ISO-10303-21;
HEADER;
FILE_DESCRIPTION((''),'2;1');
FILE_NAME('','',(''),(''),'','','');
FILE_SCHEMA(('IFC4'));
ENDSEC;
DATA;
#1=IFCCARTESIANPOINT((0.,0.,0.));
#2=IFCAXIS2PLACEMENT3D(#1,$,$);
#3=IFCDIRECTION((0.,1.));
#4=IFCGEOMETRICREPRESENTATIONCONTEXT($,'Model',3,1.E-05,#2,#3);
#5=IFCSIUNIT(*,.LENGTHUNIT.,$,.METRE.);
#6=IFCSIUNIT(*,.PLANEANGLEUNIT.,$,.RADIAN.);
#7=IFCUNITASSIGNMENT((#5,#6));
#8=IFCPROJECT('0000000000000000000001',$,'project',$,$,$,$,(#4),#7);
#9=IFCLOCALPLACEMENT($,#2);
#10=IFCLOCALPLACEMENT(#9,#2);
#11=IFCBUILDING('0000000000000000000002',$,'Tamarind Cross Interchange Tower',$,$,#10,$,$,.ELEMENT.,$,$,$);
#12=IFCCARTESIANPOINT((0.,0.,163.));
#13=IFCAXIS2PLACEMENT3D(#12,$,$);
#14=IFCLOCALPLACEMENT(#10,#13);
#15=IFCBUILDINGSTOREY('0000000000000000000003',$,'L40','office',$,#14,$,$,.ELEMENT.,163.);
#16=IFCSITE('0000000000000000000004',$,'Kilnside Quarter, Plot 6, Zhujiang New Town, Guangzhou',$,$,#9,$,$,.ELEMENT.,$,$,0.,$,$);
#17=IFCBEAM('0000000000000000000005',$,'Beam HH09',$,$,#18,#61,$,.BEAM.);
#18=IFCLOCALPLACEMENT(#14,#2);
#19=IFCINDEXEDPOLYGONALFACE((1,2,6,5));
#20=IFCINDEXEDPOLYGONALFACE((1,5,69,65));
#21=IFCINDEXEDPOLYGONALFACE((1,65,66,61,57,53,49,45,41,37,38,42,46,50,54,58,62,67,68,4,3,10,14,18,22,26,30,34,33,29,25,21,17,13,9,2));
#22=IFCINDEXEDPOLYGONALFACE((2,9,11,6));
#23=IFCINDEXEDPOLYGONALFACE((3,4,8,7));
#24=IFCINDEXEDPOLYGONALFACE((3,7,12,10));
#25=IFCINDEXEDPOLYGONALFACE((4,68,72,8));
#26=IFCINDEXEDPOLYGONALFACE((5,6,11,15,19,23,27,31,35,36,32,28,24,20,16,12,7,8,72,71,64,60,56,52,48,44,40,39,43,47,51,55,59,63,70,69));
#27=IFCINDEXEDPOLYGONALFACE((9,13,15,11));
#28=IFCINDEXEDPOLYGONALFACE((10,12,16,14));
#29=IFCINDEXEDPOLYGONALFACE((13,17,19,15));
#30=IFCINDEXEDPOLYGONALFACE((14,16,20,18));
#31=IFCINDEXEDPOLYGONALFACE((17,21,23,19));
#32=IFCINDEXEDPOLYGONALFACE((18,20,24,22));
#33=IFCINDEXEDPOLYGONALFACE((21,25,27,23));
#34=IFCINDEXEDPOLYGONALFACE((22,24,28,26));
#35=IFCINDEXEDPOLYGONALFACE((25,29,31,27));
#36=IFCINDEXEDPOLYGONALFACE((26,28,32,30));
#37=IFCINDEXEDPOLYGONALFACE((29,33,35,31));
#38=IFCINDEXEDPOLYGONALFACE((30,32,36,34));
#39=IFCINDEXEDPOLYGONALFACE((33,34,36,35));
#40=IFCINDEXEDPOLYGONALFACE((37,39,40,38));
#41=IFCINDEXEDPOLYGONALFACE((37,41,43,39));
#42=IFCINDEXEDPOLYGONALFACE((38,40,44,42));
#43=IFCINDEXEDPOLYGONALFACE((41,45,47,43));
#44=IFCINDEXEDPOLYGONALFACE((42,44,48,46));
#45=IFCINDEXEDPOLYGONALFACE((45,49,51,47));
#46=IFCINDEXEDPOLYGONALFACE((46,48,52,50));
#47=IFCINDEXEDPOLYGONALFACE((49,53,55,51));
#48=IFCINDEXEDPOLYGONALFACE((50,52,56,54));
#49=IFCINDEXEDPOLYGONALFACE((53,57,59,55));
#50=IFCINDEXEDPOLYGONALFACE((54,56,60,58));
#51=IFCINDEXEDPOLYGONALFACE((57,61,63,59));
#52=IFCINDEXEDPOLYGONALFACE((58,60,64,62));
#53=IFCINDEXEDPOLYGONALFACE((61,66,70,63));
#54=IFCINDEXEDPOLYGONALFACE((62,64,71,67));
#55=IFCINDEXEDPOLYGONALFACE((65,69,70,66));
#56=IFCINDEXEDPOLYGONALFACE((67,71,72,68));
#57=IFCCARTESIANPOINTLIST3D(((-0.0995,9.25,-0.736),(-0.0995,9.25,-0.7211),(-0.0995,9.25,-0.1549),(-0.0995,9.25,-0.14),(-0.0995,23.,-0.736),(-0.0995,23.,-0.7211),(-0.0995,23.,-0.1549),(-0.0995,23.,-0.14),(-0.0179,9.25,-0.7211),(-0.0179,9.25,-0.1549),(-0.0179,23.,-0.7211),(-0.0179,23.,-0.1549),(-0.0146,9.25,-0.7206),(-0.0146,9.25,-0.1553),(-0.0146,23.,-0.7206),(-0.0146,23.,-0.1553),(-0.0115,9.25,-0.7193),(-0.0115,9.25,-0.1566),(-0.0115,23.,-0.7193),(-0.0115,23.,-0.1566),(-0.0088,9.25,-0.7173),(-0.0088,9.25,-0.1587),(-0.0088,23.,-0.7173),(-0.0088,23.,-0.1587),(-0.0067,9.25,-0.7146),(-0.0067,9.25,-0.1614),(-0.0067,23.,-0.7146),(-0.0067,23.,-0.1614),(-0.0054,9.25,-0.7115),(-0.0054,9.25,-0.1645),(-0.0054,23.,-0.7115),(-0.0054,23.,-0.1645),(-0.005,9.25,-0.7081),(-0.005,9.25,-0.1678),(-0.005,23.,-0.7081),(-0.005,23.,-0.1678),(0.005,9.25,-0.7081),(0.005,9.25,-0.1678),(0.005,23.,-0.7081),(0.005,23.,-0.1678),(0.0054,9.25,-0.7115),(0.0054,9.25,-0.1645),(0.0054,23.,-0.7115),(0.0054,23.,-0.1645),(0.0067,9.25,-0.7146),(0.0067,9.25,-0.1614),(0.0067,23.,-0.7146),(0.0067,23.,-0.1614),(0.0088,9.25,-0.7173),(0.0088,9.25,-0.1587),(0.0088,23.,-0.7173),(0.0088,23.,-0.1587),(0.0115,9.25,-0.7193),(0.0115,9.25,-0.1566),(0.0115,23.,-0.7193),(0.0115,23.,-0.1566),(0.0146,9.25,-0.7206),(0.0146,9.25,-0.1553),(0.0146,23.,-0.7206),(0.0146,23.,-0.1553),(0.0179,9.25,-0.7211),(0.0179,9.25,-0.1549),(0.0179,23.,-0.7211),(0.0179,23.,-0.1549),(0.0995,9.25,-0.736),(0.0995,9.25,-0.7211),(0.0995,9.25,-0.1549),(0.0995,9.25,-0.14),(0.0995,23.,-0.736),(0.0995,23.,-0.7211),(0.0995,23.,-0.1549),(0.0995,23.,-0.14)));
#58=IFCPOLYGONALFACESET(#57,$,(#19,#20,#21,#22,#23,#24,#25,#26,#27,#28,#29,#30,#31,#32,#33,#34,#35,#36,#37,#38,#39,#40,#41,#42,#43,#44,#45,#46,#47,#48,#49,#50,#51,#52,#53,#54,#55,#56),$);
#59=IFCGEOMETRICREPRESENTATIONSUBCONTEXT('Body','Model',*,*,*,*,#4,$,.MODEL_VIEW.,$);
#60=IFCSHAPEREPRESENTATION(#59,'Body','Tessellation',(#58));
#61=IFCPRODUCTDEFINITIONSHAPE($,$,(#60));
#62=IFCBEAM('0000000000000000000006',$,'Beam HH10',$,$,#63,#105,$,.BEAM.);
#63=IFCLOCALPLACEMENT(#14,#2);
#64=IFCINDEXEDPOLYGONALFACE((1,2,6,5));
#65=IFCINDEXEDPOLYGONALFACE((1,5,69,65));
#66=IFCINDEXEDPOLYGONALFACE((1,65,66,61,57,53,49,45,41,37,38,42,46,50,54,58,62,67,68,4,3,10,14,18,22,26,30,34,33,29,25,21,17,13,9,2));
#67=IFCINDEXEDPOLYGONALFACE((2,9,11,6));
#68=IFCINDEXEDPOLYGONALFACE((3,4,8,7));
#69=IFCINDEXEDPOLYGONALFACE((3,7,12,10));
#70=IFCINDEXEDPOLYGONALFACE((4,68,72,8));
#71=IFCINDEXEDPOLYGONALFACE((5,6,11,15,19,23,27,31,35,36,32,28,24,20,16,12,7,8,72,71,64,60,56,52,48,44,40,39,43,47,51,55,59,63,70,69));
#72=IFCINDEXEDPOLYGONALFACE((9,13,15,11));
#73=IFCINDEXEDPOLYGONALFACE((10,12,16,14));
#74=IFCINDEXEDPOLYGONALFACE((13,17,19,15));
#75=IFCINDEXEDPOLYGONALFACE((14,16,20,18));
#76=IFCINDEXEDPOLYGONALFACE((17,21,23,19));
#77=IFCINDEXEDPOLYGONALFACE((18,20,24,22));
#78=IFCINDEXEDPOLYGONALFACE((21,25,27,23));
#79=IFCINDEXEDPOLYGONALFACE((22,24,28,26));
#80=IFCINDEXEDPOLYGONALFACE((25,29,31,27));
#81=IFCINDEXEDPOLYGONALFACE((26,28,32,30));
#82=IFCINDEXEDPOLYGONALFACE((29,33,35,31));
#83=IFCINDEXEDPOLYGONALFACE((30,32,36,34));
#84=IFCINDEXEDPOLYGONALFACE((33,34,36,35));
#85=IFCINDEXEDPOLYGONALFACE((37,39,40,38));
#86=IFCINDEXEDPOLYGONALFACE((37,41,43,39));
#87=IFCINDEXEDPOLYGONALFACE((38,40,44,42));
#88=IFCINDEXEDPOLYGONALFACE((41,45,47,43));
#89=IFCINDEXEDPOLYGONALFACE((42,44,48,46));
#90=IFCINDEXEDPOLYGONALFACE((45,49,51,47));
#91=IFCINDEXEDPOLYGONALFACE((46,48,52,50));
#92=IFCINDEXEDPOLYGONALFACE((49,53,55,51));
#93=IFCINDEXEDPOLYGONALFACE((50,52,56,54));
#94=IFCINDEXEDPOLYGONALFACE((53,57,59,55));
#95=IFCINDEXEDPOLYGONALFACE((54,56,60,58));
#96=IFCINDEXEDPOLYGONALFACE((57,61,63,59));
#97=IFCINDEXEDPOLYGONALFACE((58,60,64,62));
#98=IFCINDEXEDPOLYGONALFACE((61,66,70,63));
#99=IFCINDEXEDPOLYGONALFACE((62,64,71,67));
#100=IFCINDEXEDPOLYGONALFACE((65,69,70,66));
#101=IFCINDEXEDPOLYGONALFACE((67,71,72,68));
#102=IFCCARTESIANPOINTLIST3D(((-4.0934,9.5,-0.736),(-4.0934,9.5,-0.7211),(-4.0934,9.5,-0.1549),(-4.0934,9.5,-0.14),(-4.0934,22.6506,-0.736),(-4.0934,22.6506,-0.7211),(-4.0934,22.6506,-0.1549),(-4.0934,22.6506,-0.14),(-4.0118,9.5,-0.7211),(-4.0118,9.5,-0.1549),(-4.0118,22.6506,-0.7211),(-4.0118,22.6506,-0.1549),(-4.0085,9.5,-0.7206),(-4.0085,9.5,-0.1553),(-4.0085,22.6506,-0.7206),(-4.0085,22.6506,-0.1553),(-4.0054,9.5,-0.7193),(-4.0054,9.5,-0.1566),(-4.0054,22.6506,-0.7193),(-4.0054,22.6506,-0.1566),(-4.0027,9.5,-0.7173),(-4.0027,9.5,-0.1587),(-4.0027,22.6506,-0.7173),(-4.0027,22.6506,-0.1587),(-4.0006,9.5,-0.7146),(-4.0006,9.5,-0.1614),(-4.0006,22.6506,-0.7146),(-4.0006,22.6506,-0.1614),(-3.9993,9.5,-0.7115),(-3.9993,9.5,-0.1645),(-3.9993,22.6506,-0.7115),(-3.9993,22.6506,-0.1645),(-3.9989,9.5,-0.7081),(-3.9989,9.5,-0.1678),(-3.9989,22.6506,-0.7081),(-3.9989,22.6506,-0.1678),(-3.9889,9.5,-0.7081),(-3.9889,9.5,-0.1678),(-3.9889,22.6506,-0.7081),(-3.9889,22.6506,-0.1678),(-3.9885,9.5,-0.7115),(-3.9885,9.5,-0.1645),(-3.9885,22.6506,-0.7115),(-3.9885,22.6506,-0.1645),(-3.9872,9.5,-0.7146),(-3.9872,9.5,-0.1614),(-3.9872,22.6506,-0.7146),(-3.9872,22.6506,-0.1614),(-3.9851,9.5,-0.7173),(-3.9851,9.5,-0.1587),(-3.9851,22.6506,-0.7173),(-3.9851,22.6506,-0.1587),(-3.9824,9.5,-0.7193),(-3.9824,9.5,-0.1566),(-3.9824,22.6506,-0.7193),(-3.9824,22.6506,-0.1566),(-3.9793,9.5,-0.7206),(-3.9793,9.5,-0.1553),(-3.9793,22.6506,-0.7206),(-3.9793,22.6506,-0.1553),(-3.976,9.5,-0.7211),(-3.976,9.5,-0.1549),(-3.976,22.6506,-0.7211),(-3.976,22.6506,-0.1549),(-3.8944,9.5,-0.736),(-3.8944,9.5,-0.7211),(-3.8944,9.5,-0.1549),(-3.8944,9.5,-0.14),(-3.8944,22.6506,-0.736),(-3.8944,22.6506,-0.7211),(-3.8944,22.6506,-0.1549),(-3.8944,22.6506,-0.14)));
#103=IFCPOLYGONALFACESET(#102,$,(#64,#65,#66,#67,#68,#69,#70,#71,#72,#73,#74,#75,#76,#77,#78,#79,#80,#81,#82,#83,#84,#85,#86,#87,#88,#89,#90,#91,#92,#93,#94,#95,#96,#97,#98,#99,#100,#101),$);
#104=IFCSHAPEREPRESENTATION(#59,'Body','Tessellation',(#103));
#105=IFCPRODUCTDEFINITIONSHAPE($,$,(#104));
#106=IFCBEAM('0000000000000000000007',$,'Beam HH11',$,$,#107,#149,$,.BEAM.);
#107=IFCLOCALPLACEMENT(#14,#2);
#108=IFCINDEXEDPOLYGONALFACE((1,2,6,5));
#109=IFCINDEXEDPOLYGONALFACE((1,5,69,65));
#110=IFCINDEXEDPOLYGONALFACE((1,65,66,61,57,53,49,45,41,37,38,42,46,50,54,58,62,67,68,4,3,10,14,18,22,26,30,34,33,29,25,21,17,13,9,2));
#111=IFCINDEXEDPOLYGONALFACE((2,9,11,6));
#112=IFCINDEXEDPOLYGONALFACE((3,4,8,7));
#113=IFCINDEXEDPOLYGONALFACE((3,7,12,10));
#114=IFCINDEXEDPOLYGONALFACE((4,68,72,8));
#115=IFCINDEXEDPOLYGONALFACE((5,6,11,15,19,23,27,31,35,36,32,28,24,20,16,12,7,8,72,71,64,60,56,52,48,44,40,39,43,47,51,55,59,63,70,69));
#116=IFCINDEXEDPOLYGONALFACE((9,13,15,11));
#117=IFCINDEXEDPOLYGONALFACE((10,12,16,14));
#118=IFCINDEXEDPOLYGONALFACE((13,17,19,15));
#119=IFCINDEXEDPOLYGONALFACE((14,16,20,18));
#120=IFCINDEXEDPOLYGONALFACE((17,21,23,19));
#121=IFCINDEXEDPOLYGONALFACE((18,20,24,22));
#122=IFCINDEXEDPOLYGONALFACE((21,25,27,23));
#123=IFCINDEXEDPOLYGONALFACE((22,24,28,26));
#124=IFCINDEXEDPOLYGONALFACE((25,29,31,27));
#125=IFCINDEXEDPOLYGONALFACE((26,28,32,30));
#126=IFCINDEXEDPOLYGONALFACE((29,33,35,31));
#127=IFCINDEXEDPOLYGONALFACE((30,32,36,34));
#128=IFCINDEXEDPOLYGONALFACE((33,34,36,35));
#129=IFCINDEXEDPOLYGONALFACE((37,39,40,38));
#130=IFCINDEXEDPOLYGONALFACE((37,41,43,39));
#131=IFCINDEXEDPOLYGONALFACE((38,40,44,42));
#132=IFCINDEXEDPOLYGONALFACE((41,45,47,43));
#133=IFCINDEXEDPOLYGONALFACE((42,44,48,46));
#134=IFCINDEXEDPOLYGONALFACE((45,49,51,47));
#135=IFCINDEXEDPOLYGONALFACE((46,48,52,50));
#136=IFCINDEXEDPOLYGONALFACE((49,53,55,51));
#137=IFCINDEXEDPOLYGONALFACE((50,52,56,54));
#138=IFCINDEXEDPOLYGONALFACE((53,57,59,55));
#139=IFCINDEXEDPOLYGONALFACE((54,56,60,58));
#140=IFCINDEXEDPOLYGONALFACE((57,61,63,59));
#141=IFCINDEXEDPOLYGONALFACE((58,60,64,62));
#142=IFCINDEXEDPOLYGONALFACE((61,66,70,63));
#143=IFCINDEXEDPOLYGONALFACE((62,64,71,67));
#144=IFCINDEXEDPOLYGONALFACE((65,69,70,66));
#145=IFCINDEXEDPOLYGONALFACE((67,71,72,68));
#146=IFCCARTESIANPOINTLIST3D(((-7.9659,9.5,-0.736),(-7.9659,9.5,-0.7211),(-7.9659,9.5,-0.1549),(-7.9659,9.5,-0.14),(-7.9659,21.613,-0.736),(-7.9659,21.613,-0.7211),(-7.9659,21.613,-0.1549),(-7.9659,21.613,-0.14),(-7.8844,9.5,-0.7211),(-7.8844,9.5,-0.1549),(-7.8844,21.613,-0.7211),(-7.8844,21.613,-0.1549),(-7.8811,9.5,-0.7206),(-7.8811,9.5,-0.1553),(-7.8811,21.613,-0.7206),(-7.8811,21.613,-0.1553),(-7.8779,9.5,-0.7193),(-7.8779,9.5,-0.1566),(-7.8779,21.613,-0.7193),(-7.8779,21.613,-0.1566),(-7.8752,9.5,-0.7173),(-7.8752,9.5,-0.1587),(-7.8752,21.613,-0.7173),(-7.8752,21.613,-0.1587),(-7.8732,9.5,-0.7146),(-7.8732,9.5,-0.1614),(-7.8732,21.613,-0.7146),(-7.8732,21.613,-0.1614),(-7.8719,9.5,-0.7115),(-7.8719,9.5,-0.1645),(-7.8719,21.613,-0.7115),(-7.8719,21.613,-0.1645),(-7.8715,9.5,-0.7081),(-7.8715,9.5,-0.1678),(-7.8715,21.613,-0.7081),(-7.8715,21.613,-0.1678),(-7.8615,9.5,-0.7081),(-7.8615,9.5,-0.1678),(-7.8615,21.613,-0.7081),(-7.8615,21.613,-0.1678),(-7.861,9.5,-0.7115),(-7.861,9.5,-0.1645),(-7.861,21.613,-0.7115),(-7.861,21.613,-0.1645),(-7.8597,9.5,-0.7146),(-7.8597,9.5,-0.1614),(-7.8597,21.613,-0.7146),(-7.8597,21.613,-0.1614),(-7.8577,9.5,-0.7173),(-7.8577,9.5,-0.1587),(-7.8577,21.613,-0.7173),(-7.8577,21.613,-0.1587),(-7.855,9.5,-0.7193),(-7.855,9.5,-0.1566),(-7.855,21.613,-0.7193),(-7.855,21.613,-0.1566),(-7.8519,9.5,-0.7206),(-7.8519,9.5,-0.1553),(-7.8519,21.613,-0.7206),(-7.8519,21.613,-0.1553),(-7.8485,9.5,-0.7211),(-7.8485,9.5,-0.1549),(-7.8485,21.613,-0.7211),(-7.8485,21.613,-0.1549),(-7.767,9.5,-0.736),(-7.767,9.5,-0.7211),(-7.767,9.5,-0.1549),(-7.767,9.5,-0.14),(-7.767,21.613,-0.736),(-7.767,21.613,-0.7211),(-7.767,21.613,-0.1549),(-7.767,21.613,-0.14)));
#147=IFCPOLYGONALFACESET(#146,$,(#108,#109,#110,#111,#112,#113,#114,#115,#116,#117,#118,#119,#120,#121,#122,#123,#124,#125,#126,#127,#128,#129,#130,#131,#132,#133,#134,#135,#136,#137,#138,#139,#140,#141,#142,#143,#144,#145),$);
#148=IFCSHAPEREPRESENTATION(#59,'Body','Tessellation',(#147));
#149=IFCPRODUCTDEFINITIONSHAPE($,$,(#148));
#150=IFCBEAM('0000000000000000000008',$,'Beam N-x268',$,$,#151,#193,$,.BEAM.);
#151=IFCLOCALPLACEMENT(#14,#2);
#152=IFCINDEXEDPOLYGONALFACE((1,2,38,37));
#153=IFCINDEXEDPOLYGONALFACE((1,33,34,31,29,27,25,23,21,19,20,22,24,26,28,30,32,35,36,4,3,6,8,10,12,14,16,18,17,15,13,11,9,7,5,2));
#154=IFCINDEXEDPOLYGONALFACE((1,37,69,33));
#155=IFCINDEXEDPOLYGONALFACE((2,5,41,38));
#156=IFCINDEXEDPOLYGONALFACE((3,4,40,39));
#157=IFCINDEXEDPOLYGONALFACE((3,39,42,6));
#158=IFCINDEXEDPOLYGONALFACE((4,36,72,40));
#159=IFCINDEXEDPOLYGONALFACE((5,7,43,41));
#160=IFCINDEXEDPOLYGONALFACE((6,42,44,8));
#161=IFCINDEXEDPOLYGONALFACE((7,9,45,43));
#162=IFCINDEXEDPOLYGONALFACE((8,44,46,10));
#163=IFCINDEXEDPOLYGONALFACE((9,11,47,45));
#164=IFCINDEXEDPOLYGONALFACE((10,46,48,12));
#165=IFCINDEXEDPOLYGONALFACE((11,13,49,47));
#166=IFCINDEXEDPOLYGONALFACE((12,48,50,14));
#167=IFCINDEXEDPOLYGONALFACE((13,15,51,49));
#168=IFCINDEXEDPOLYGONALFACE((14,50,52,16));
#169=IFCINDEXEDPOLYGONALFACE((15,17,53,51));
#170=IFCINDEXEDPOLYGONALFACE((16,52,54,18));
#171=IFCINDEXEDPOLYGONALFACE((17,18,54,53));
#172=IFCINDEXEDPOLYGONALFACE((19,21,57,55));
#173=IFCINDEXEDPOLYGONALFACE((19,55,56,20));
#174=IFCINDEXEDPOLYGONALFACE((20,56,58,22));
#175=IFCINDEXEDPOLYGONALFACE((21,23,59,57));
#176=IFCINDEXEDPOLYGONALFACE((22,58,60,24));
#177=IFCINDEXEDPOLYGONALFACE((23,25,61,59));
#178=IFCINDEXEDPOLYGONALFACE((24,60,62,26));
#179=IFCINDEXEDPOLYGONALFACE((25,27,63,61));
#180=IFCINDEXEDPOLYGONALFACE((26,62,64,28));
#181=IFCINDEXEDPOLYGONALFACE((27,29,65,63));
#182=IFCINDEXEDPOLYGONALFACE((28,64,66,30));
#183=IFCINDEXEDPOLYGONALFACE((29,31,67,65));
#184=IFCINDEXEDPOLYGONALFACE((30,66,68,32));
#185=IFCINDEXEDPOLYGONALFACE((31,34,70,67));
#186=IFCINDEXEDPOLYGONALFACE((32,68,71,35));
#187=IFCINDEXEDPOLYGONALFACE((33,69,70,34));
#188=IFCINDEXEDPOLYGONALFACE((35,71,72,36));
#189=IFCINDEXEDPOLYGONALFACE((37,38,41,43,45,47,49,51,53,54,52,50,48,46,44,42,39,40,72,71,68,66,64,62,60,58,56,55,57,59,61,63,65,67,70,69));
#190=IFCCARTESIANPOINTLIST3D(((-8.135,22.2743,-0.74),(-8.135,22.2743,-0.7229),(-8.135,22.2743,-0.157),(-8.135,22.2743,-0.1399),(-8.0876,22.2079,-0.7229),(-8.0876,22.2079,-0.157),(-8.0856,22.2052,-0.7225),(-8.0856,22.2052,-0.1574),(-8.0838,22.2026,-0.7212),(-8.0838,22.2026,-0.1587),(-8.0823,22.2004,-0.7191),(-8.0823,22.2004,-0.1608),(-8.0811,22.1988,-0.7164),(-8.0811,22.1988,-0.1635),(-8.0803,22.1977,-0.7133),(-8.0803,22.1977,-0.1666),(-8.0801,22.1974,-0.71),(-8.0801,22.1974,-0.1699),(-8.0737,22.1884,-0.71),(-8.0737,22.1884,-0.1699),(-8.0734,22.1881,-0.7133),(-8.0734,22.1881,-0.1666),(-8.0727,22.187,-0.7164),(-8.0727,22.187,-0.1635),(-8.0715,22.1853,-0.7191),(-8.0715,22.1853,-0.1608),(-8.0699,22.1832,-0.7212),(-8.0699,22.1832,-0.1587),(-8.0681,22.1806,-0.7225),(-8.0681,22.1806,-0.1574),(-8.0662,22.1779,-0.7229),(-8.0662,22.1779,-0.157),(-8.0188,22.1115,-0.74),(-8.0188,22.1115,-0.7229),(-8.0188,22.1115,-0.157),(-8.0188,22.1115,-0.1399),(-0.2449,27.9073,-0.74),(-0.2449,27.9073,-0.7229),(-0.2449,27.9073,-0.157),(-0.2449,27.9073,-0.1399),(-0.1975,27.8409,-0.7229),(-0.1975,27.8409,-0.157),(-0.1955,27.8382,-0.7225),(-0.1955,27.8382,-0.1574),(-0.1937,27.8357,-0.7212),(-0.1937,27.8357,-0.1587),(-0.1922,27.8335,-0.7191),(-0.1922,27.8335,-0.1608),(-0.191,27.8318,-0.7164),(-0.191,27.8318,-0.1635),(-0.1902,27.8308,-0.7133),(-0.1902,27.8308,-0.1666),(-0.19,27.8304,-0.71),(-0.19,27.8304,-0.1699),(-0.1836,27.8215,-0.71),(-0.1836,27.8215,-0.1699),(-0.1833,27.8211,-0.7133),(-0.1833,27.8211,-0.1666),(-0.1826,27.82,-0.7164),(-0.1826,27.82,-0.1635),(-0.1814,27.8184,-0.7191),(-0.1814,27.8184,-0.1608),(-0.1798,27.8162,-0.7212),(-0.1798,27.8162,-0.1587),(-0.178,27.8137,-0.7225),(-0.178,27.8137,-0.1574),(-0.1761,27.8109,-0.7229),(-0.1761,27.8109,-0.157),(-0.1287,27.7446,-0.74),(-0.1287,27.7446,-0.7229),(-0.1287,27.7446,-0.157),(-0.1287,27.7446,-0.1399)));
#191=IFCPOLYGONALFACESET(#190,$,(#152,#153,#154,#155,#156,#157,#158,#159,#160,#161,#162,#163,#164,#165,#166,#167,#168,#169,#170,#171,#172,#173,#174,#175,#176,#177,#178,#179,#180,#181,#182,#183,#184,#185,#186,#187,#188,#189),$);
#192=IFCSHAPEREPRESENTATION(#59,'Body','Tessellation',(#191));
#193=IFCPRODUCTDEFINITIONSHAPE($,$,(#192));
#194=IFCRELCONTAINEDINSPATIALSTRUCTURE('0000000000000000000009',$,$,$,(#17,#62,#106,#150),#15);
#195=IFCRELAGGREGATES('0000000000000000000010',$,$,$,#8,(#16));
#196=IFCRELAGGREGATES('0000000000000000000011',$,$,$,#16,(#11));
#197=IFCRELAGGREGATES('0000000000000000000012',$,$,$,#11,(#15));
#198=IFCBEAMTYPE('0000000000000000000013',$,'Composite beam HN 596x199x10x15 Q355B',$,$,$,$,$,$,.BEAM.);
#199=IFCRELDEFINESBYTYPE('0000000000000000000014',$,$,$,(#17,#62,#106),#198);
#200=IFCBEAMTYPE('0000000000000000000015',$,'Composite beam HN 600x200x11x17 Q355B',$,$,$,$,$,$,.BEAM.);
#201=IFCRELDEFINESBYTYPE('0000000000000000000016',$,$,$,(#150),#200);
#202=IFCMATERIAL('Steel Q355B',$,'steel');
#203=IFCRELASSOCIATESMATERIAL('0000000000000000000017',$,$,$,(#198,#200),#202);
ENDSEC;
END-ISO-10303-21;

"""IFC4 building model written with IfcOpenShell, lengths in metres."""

from ifc_helpers import new_model, si_unit, direction, frame, origin, origin_2d, place, context, subcontext, project, spatial, i_section, extrude, material, material_profile, profile_set, type_object, element, save


model = new_model("IFC4")

# Units and contexts
model_context = context("Model", 3, precision=1e-05, world=origin(), true_north=direction((0.0, 1.0)))
body_context = subcontext(model_context, "Body", "Model", "MODEL_VIEW")
ifc_project = project(units=[si_unit("LENGTHUNIT", "METRE"), si_unit("PLANEANGLEUNIT", "RADIAN")], contexts=[model_context])

# Site, building, storey
site_placement = place(None, origin())
site = spatial("IfcSite", under=ifc_project, at=site_placement, Name="Kilnside Quarter, Plot 6, Zhujiang New Town, Guangzhou", CompositionType="ELEMENT", RefElevation=0.0)
building_placement = place(site_placement, origin())
building = spatial("IfcBuilding", under=site, at=building_placement, Name="Tamarind Cross Interchange Tower", CompositionType="ELEMENT")
storey_placement = place(building_placement, frame((0.0, 0.0, 163.0)))
storey = spatial("IfcBuildingStorey", under=building, at=storey_placement, Name="L40", Description="office", CompositionType="ELEMENT", Elevation=163.0)

# Beams
ifc_material_1 = material(Name="Steel Q355B", Category="steel")
ifc_material_profile_1 = material_profile(ifc_material_1, i_section(OverallWidth=0.199, OverallDepth=0.5959, WebThickness=0.01, FlangeThickness=0.0149, FilletRadius=0.0129, at=origin_2d()), Name="HN 596x199x10x15")
ifc_profile_set_1 = profile_set([ifc_material_profile_1], Name="Steel Q355B")
beam_type_1 = type_object("IfcBeamType", Name="Composite beam HN 596x199x10x15 Q355B", PredefinedType="BEAM", material=ifc_profile_set_1)
beam_1_placement = place(storey_placement, frame((0.0, 23.0, -0.438), z_axis=(0.0, -1.0, 0.0), x_axis=(1.0, 0.0, 0.0)))
element("IfcBeam", 1, at=beam_1_placement, inside=storey, type_object=beam_type_1, Name="Beam HH09", PredefinedType="BEAM", context=body_context, shape_type="SweptSolid", body=[
    extrude(i_section(OverallWidth=0.199, OverallDepth=0.5959, WebThickness=0.01, FlangeThickness=0.0149, FilletRadius=0.0129, at=origin_2d()), origin(), (0.0, 0.0, 1.0), 13.75),
])
beam_2_placement = place(storey_placement, frame((-3.9939, 22.6506, -0.438), z_axis=(0.0, -1.0, 0.0), x_axis=(1.0, 0.0, 0.0)))
element("IfcBeam", 2, at=beam_2_placement, inside=storey, type_object=beam_type_1, Name="Beam HH10", PredefinedType="BEAM", context=body_context, shape_type="SweptSolid", body=[
    extrude(i_section(OverallWidth=0.199, OverallDepth=0.5959, WebThickness=0.01, FlangeThickness=0.0149, FilletRadius=0.0129, at=origin_2d()), origin(), (0.0, 0.0, 1.0), 13.1506),
])
beam_3_placement = place(storey_placement, frame((-7.8665, 21.613, -0.438), z_axis=(0.0, -1.0, 0.0), x_axis=(1.0, 0.0, 0.0)))
element("IfcBeam", 3, at=beam_3_placement, inside=storey, type_object=beam_type_1, Name="Beam HH11", PredefinedType="BEAM", context=body_context, shape_type="SweptSolid", body=[
    extrude(i_section(OverallWidth=0.199, OverallDepth=0.5959, WebThickness=0.01, FlangeThickness=0.0149, FilletRadius=0.0129, at=origin_2d()), origin(), (0.0, 0.0, 1.0), 12.113),
])
ifc_material_profile_2 = material_profile(ifc_material_1, i_section(OverallWidth=0.2, OverallDepth=0.6001, WebThickness=0.011, FlangeThickness=0.0171, FilletRadius=0.0129, at=origin_2d()), Name="HN 600x200x11x17")
ifc_profile_set_2 = profile_set([ifc_material_profile_2], Name="Steel Q355B")
beam_type_2 = type_object("IfcBeamType", Name="Composite beam HN 600x200x11x17 Q355B", PredefinedType="BEAM", material=ifc_profile_set_2)
beam_4_placement = place(storey_placement, frame((-0.1868, 27.8259, -0.4399), z_axis=(-0.813868, -0.58105, 0.0), x_axis=(0.58105, -0.813868, 0.0)))
element("IfcBeam", 4, at=beam_4_placement, inside=storey, type_object=beam_type_2, Name="Beam N-x268", PredefinedType="BEAM", context=body_context, shape_type="SweptSolid", body=[
    extrude(i_section(OverallWidth=0.2, OverallDepth=0.6001, WebThickness=0.011, FlangeThickness=0.0171, FilletRadius=0.0129, at=origin_2d()), origin(), (0.0, 0.0, 1.0), 9.6946),
])

save(model, "model.ifc")
